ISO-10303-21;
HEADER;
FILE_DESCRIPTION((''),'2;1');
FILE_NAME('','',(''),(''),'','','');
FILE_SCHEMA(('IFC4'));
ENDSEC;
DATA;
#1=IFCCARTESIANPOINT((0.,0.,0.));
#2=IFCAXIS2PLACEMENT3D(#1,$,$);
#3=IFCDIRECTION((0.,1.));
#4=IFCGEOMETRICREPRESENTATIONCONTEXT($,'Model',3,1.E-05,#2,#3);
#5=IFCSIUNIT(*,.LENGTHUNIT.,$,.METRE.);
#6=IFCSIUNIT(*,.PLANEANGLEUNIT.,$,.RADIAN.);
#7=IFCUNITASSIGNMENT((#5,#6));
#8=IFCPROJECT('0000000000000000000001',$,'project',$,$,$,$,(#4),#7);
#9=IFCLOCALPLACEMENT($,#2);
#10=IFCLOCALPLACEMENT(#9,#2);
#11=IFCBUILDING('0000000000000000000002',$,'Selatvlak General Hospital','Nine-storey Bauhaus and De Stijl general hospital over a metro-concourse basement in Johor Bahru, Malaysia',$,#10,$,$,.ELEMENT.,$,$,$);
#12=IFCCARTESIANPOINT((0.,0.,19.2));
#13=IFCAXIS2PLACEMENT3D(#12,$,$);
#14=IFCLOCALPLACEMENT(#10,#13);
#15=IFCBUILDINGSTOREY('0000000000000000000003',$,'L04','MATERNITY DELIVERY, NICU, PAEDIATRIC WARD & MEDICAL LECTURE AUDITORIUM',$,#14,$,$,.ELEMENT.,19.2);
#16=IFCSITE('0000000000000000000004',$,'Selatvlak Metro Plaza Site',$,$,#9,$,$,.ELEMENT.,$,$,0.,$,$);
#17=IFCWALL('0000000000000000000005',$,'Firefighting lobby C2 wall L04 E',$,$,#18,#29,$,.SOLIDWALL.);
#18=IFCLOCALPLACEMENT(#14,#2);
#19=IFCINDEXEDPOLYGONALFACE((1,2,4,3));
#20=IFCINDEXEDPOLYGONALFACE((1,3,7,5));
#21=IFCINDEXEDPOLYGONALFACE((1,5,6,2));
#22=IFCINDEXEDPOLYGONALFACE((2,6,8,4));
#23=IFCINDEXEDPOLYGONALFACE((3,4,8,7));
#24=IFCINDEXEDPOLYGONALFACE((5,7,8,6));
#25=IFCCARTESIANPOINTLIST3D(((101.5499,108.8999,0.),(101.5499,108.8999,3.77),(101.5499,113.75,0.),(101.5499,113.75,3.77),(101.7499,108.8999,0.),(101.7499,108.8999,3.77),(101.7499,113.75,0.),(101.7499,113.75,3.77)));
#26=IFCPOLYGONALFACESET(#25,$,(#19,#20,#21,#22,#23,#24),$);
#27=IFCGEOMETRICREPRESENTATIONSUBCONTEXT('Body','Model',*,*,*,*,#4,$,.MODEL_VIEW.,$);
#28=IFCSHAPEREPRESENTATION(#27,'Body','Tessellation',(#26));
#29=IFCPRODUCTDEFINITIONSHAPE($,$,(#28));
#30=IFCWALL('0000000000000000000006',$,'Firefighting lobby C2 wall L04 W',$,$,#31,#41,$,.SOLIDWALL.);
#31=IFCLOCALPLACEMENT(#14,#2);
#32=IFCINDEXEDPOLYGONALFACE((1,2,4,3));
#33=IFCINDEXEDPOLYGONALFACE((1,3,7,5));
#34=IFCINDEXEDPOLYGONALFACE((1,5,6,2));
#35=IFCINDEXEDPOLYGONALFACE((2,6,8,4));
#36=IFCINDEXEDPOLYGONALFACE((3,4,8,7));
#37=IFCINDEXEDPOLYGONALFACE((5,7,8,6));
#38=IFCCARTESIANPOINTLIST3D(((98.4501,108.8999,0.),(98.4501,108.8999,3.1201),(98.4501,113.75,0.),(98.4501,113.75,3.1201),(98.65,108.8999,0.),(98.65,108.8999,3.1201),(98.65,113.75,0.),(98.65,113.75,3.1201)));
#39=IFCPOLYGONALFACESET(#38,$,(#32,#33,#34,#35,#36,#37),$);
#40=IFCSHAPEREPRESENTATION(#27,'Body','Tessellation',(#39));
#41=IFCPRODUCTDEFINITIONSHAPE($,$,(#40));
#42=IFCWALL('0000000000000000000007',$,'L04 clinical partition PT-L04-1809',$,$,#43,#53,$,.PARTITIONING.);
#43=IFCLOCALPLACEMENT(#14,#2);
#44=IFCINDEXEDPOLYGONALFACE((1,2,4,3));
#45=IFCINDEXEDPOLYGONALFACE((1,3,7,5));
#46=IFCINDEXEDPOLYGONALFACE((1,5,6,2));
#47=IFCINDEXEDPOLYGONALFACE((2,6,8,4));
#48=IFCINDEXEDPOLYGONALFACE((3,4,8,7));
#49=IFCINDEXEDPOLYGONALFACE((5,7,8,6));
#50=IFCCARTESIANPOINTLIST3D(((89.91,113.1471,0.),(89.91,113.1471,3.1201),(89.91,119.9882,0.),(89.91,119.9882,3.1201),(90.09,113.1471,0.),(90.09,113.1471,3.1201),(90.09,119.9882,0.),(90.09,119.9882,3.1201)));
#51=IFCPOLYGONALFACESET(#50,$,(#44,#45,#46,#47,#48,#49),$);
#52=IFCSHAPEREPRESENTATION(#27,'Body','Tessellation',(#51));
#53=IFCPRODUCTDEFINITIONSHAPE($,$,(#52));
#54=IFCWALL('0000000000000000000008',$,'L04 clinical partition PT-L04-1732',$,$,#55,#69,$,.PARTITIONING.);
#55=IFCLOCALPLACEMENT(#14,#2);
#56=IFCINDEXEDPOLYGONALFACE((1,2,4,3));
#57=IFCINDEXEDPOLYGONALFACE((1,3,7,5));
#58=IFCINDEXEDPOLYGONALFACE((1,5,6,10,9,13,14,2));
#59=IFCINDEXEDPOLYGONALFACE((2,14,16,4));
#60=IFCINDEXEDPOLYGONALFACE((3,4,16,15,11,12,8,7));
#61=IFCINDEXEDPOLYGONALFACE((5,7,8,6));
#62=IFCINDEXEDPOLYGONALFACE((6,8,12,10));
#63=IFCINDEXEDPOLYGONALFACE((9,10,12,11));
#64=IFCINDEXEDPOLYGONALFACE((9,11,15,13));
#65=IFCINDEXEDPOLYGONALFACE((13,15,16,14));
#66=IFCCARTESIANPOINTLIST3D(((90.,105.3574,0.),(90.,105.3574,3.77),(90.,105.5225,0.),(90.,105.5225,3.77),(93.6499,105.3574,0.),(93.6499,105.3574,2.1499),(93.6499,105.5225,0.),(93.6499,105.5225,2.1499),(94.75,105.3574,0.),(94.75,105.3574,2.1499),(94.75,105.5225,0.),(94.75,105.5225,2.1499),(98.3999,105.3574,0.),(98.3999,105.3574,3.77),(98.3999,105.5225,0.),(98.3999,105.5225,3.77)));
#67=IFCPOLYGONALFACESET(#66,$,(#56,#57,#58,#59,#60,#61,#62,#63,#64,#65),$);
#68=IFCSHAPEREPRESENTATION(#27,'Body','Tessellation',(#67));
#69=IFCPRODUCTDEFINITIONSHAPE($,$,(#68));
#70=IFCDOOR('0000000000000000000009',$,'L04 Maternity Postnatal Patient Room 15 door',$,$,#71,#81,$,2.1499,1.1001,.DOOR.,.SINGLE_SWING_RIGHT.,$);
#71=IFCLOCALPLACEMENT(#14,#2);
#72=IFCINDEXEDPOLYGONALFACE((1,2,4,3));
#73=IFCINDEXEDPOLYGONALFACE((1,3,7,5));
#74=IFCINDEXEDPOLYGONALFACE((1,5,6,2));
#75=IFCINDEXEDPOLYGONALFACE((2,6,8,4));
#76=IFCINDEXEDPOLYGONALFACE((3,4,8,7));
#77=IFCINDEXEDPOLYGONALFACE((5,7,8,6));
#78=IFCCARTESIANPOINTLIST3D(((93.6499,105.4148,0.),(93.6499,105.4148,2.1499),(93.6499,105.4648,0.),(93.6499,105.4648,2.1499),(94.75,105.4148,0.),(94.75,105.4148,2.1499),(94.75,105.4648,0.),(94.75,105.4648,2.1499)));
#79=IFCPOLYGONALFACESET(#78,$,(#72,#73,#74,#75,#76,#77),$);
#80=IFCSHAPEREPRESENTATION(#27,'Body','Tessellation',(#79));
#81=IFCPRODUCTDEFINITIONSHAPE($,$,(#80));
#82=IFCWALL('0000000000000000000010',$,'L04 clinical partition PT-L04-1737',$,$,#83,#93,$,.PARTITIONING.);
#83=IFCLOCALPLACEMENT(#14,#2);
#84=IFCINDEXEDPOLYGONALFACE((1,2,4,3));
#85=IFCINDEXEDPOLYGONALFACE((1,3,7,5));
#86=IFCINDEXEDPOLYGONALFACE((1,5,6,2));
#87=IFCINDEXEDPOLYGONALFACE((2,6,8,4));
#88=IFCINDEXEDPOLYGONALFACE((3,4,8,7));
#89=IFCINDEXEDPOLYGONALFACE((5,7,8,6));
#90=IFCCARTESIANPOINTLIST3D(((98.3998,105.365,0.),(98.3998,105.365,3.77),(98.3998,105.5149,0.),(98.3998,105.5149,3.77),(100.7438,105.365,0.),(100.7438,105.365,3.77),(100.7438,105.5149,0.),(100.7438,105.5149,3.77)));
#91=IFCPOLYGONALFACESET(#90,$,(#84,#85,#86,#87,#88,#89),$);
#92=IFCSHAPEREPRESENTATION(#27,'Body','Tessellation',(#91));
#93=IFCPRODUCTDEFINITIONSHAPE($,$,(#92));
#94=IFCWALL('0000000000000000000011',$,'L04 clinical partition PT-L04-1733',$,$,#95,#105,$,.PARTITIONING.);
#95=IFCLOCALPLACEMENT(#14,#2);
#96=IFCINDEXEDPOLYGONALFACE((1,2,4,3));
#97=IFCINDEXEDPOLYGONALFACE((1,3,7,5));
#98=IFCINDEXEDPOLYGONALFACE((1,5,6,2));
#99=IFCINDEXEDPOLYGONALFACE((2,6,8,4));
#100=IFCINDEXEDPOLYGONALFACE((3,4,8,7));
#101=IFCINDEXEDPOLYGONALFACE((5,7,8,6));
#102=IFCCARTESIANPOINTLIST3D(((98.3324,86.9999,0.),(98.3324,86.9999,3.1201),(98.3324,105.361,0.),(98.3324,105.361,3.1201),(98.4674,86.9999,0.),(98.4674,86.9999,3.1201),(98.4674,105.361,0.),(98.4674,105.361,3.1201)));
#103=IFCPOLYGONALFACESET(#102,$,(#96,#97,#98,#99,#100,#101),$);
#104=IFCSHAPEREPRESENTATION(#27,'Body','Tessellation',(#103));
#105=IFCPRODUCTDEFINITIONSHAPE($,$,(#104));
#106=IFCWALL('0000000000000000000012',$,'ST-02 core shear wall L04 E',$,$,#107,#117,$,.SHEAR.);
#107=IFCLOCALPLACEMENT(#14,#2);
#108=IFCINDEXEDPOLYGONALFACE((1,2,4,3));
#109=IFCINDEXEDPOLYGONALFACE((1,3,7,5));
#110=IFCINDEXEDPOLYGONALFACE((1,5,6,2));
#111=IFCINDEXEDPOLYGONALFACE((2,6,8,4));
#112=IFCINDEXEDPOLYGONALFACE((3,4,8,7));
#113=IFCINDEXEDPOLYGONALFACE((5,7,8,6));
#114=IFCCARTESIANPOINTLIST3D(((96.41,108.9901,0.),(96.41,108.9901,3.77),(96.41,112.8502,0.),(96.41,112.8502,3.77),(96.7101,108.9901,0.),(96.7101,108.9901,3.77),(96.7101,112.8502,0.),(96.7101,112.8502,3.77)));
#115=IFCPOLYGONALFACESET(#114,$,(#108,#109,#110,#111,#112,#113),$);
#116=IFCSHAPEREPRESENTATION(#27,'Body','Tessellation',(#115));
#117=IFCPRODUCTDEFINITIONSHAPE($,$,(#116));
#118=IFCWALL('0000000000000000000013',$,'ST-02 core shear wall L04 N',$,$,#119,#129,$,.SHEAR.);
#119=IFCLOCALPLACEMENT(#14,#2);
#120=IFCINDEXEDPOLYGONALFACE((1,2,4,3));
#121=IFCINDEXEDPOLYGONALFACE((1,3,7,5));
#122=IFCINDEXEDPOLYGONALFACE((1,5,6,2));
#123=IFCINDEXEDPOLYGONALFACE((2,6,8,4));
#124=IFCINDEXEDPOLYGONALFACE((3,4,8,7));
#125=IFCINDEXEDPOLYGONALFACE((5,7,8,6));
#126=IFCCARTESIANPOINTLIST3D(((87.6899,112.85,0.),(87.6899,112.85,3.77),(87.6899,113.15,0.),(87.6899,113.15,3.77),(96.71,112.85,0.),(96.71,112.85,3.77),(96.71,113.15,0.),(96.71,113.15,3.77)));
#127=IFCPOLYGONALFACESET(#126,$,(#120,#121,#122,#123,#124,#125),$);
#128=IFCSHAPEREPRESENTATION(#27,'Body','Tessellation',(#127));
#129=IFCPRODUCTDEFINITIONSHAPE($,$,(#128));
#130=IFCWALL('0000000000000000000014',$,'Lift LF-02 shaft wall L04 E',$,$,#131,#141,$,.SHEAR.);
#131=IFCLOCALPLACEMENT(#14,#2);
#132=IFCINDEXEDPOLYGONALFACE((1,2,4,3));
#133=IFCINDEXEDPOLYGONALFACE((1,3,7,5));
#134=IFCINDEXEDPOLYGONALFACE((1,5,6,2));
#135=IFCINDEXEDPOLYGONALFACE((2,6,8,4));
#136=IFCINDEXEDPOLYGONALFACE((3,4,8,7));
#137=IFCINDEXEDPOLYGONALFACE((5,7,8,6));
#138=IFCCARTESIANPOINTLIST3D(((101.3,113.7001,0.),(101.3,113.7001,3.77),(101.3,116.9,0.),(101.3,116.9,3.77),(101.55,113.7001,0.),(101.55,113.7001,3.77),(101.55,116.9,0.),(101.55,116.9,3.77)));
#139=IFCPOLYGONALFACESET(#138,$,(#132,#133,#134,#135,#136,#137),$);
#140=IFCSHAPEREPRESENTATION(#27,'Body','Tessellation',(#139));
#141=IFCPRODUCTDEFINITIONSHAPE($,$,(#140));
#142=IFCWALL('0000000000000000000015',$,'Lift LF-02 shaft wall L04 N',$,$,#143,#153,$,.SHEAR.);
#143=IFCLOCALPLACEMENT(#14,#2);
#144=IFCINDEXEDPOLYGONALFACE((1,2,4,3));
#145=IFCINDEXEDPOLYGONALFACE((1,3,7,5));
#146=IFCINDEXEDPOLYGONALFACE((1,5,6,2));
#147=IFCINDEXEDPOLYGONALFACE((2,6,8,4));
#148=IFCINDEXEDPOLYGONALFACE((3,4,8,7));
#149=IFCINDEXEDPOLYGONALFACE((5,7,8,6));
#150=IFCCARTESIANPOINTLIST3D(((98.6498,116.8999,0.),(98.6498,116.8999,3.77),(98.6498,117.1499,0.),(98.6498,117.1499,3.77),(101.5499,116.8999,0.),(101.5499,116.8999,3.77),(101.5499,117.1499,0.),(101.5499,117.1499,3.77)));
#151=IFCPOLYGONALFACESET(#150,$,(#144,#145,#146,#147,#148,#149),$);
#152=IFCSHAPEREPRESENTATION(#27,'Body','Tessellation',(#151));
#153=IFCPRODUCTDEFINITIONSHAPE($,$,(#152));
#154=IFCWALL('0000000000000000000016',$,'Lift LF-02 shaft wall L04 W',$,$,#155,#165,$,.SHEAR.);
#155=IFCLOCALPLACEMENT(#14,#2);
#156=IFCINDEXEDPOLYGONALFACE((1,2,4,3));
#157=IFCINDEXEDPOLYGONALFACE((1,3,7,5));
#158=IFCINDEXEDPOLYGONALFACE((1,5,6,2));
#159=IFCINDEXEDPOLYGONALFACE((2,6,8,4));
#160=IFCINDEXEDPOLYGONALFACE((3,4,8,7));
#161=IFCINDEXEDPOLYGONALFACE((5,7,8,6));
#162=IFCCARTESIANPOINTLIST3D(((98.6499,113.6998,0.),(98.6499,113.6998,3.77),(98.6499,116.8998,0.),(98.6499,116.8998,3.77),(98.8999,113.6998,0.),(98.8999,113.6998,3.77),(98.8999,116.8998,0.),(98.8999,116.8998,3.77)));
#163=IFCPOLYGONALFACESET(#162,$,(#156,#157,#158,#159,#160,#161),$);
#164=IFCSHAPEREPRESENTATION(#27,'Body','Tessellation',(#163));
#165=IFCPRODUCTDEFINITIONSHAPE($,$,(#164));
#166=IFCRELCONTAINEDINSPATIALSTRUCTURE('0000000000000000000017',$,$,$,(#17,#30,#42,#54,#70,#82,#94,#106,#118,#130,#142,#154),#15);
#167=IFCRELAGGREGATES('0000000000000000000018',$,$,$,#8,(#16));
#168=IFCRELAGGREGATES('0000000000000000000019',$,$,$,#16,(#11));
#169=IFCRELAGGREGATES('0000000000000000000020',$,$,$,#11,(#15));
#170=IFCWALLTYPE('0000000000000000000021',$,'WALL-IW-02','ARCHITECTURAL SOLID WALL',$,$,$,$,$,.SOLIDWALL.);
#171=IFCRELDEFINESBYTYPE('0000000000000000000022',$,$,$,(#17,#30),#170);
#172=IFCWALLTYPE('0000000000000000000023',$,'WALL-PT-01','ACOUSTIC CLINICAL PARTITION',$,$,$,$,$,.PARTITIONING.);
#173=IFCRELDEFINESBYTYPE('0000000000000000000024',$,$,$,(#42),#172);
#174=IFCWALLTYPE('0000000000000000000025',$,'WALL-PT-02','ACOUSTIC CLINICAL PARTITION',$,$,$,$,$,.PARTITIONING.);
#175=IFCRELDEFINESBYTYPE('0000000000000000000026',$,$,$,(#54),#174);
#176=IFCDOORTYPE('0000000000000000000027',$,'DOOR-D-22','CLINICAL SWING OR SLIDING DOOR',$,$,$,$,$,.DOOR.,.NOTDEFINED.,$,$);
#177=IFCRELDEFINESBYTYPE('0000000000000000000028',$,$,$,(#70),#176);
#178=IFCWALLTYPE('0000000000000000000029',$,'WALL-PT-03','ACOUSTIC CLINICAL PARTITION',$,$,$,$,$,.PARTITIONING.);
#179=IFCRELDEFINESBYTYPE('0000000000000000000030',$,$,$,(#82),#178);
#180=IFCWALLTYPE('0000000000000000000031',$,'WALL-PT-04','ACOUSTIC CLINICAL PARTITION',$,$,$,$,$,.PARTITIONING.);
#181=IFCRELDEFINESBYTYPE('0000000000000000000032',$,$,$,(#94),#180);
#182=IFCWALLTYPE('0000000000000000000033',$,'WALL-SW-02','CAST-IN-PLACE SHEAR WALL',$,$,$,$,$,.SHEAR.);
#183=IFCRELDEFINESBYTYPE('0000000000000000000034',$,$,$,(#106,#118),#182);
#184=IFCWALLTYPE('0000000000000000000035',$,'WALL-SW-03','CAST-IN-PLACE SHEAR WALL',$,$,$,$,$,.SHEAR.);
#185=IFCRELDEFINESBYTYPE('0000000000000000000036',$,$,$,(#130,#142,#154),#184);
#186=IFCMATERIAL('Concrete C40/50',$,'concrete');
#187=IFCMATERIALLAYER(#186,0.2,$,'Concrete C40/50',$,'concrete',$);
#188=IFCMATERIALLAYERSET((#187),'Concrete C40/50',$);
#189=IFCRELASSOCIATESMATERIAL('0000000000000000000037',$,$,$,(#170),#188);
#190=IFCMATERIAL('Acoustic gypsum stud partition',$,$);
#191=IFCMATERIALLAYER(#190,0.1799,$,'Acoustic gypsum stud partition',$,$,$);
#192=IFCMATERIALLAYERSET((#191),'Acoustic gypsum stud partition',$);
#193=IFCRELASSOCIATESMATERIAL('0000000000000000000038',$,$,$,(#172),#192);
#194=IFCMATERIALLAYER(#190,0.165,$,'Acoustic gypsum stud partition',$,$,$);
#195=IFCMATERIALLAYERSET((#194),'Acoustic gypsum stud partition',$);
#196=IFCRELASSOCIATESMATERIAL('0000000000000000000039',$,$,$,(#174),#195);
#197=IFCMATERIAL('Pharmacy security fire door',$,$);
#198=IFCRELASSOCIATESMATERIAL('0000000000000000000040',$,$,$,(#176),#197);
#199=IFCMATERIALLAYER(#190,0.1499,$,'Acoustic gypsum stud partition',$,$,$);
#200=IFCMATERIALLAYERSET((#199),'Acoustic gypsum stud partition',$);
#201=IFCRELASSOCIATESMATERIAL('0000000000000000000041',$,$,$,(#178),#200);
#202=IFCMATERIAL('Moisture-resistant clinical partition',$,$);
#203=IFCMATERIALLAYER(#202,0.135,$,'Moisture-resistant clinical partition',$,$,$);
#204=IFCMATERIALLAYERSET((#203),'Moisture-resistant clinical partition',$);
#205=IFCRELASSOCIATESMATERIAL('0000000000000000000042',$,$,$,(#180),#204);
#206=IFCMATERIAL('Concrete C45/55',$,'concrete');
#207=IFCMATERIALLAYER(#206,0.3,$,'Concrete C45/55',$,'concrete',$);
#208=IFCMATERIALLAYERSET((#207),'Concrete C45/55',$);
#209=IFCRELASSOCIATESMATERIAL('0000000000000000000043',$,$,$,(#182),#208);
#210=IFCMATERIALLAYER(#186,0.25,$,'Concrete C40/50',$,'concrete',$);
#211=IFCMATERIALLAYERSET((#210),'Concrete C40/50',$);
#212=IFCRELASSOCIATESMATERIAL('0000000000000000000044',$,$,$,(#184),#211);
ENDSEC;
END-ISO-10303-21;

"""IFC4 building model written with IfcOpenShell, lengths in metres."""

from ifc_helpers import new_model, si_unit, direction, frame, frame_2d, origin, place, context, subcontext, project, spatial, rectangle, extrude, material, layer, layer_set, type_object, element, fill, save


model = new_model("IFC4")

# Units and contexts
model_context = context("Model", 3, precision=1e-05, world=origin(), true_north=direction((0.0, 1.0)))
body_context = subcontext(model_context, "Body", "Model", "MODEL_VIEW")
ifc_project = project(units=[si_unit("LENGTHUNIT", "METRE"), si_unit("PLANEANGLEUNIT", "RADIAN")], contexts=[model_context])

# Site, building, storey
site_placement = place(None, origin())
site = spatial("IfcSite", under=ifc_project, at=site_placement, Name="Selatvlak Metro Plaza Site", CompositionType="ELEMENT", RefElevation=0.0)
building_placement = place(site_placement, origin())
building = spatial("IfcBuilding", under=site, at=building_placement, Name="Selatvlak General Hospital", Description="Nine-storey Bauhaus and De Stijl general hospital over a metro-concourse basement in Johor Bahru, Malaysia", CompositionType="ELEMENT")
storey_placement = place(building_placement, frame((0.0, 0.0, 19.2)))
storey = spatial("IfcBuildingStorey", under=building, at=storey_placement, Name="L04", Description="MATERNITY DELIVERY, NICU, PAEDIATRIC WARD & MEDICAL LECTURE AUDITORIUM", CompositionType="ELEMENT", Elevation=19.2)

# Shared definitions
ifc_material_1 = material(Name="Concrete C40/50", Category="concrete")

# Shared definitions
ifc_layer_1 = layer(ifc_material_1, 0.2, Name="Concrete C40/50", Category="concrete")
ifc_layer_set_1 = layer_set([ifc_layer_1], Name="Concrete C40/50")
wall_type_1 = type_object("IfcWallType", Name="WALL-IW-02", Description="ARCHITECTURAL SOLID WALL", PredefinedType="SOLIDWALL", material=ifc_layer_set_1)

# Walls
wall_1_placement = place(storey_placement, frame((101.6499, 108.8999, 0.0), z_axis=(0.0, 0.0, 1.0), x_axis=(0.0, 1.0, 0.0)))
element("IfcWall", 1, at=wall_1_placement, inside=storey, type_object=wall_type_1, Name="Firefighting lobby C2 wall L04 E", PredefinedType="SOLIDWALL", context=body_context, shape_type="SweptSolid", body=[
    extrude(rectangle(XDim=4.8501, YDim=0.2, at=frame_2d((2.425, 0.0))), origin(), (0.0, 0.0, 1.0), 3.77),
])
wall_2_placement = place(storey_placement, frame((98.55, 113.75, 0.0), z_axis=(0.0, 0.0, 1.0), x_axis=(0.0, -1.0, 0.0)))
element("IfcWall", 2, at=wall_2_placement, inside=storey, type_object=wall_type_1, Name="Firefighting lobby C2 wall L04 W", PredefinedType="SOLIDWALL", context=body_context, shape_type="SweptSolid", body=[
    extrude(rectangle(XDim=4.8501, YDim=0.2, at=frame_2d((2.425, 0.0))), origin(), (0.0, 0.0, 1.0), 3.1201),
])
ifc_material_2 = material(Name="Acoustic gypsum stud partition")
ifc_layer_2 = layer(ifc_material_2, 0.1799, Name="Acoustic gypsum stud partition")
ifc_layer_set_2 = layer_set([ifc_layer_2], Name="Acoustic gypsum stud partition")
wall_type_2 = type_object("IfcWallType", Name="WALL-PT-01", Description="ACOUSTIC CLINICAL PARTITION", PredefinedType="PARTITIONING", material=ifc_layer_set_2)
wall_3_placement = place(storey_placement, frame((90.0, 119.988, 0.0), z_axis=(0.0, 0.0, 1.0), x_axis=(0.0, -1.0, 0.0)))
element("IfcWall", 3, at=wall_3_placement, inside=storey, type_object=wall_type_2, Name="L04 clinical partition PT-L04-1809", PredefinedType="PARTITIONING", context=body_context, shape_type="SweptSolid", body=[
    extrude(rectangle(XDim=6.8411, YDim=0.1799, at=frame_2d((3.4204, 0.0))), origin(), (0.0, 0.0, 1.0), 3.1201),
])

# Wall, opening, door
ifc_layer_3 = layer(ifc_material_2, 0.165, Name="Acoustic gypsum stud partition")
ifc_layer_set_3 = layer_set([ifc_layer_3], Name="Acoustic gypsum stud partition")
wall_type_3 = type_object("IfcWallType", Name="WALL-PT-02", Description="ACOUSTIC CLINICAL PARTITION", PredefinedType="PARTITIONING", material=ifc_layer_set_3)
wall_4_placement = place(storey_placement, frame((90.0, 105.4399, 0.0), z_axis=(0.0, 0.0, 1.0), x_axis=(1.0, 0.0, 0.0)))
wall_4 = element("IfcWall", 4, at=wall_4_placement, inside=storey, type_object=wall_type_3, Name="L04 clinical partition PT-L04-1732", PredefinedType="PARTITIONING", context=body_context, shape_type="SweptSolid", body=[
    extrude(rectangle(XDim=8.3999, YDim=0.165, at=frame_2d((4.2, 0.0))), origin(), (0.0, 0.0, 1.0), 3.77),
])
opening_1_placement = place(wall_4_placement, frame((3.6499, 0.0, 0.0)))
opening_1 = element("IfcOpeningElement", 5, at=opening_1_placement, cuts=wall_4, PredefinedType="OPENING", context=body_context, shape_type="SweptSolid", body=[
    extrude(rectangle(XDim=1.1001, YDim=2.1499, at=frame_2d((0.55, 1.075))), frame((0.0, 0.0925, 0.0), z_axis=(0.0, -1.0, 0.0), x_axis=(1.0, 0.0, 0.0)), (0.0, 0.0, 1.0), 0.1851),
])
ifc_material_3 = material(Name="Pharmacy security fire door")
door_type_1 = type_object("IfcDoorType", Name="DOOR-D-22", Description="CLINICAL SWING OR SLIDING DOOR", OperationType="NOTDEFINED", PredefinedType="DOOR", material=ifc_material_3)
door_1_placement = place(opening_1_placement, origin())
door_1 = element("IfcDoor", 6, at=door_1_placement, inside=storey, type_object=door_type_1, Name="L04 Maternity Postnatal Patient Room 15 door", OperationType="SINGLE_SWING_RIGHT", OverallHeight=2.1499, OverallWidth=1.1001, PredefinedType="DOOR", context=body_context, shape_type="SweptSolid", body=[
    extrude(rectangle(XDim=1.1001, YDim=2.1499, at=frame_2d((0.55, 1.075))), frame((0.0, 0.0249, 0.0), z_axis=(0.0, -1.0, 0.0), x_axis=(1.0, 0.0, 0.0)), (0.0, 0.0, 1.0), 0.05),
])
fill(opening_1, door_1)

# Walls
ifc_layer_4 = layer(ifc_material_2, 0.1499, Name="Acoustic gypsum stud partition")
ifc_layer_set_4 = layer_set([ifc_layer_4], Name="Acoustic gypsum stud partition")
wall_type_4 = type_object("IfcWallType", Name="WALL-PT-03", Description="ACOUSTIC CLINICAL PARTITION", PredefinedType="PARTITIONING", material=ifc_layer_set_4)
wall_5_placement = place(storey_placement, frame((98.3999, 105.4399, 0.0), z_axis=(0.0, 0.0, 1.0), x_axis=(1.0, 0.0, 0.0)))
element("IfcWall", 7, at=wall_5_placement, inside=storey, type_object=wall_type_4, Name="L04 clinical partition PT-L04-1737", PredefinedType="PARTITIONING", context=body_context, shape_type="SweptSolid", body=[
    extrude(rectangle(XDim=2.344, YDim=0.1499, at=frame_2d((1.1719, 0.0))), origin(), (0.0, 0.0, 1.0), 3.77),
])
ifc_material_4 = material(Name="Moisture-resistant clinical partition")
ifc_layer_5 = layer(ifc_material_4, 0.135, Name="Moisture-resistant clinical partition")
ifc_layer_set_5 = layer_set([ifc_layer_5], Name="Moisture-resistant clinical partition")
wall_type_5 = type_object("IfcWallType", Name="WALL-PT-04", Description="ACOUSTIC CLINICAL PARTITION", PredefinedType="PARTITIONING", material=ifc_layer_set_5)
wall_6_placement = place(storey_placement, frame((98.3999, 105.3611, 0.0), z_axis=(0.0, 0.0, 1.0), x_axis=(0.0, -1.0, 0.0)))
element("IfcWall", 8, at=wall_6_placement, inside=storey, type_object=wall_type_5, Name="L04 clinical partition PT-L04-1733", PredefinedType="PARTITIONING", context=body_context, shape_type="SweptSolid", body=[
    extrude(rectangle(XDim=18.3611, YDim=0.135, at=frame_2d((9.1807, 0.0))), origin(), (0.0, 0.0, 1.0), 3.1201),
])
ifc_material_5 = material(Name="Concrete C45/55", Category="concrete")
ifc_layer_6 = layer(ifc_material_5, 0.3, Name="Concrete C45/55", Category="concrete")
ifc_layer_set_6 = layer_set([ifc_layer_6], Name="Concrete C45/55")
wall_type_6 = type_object("IfcWallType", Name="WALL-SW-02", Description="CAST-IN-PLACE SHEAR WALL", PredefinedType="SHEAR", material=ifc_layer_set_6)
wall_7_placement = place(storey_placement, frame((96.5601, 108.99, 0.0), z_axis=(0.0, 0.0, 1.0), x_axis=(0.0, 1.0, 0.0)))
element("IfcWall", 9, at=wall_7_placement, inside=storey, type_object=wall_type_6, Name="ST-02 core shear wall L04 E", PredefinedType="SHEAR", context=body_context, shape_type="SweptSolid", body=[
    extrude(rectangle(XDim=3.8601, YDim=0.3, at=frame_2d((1.9302, 0.0))), origin(), (0.0, 0.0, 1.0), 3.77),
])
wall_8_placement = place(storey_placement, frame((96.71, 113.0, 0.0), z_axis=(0.0, 0.0, 1.0), x_axis=(-1.0, 0.0, 0.0)))
element("IfcWall", 10, at=wall_8_placement, inside=storey, type_object=wall_type_6, Name="ST-02 core shear wall L04 N", PredefinedType="SHEAR", context=body_context, shape_type="SweptSolid", body=[
    extrude(rectangle(XDim=9.02, YDim=0.3, at=frame_2d((4.51, 0.0))), origin(), (0.0, 0.0, 1.0), 3.77),
])

# Shared definitions
ifc_layer_7 = layer(ifc_material_1, 0.25, Name="Concrete C40/50", Category="concrete")
ifc_layer_set_7 = layer_set([ifc_layer_7], Name="Concrete C40/50")
wall_type_7 = type_object("IfcWallType", Name="WALL-SW-03", Description="CAST-IN-PLACE SHEAR WALL", PredefinedType="SHEAR", material=ifc_layer_set_7)

# Walls
wall_9_placement = place(storey_placement, frame((101.425, 113.7, 0.0), z_axis=(0.0, 0.0, 1.0), x_axis=(0.0, 1.0, 0.0)))
element("IfcWall", 11, at=wall_9_placement, inside=storey, type_object=wall_type_7, Name="Lift LF-02 shaft wall L04 E", PredefinedType="SHEAR", context=body_context, shape_type="SweptSolid", body=[
    extrude(rectangle(XDim=3.2, YDim=0.25, at=frame_2d((1.6001, 0.0))), origin(), (0.0, 0.0, 1.0), 3.77),
])
wall_10_placement = place(storey_placement, frame((101.55, 117.0249, 0.0), z_axis=(0.0, 0.0, 1.0), x_axis=(-1.0, 0.0, 0.0)))
element("IfcWall", 12, at=wall_10_placement, inside=storey, type_object=wall_type_7, Name="Lift LF-02 shaft wall L04 N", PredefinedType="SHEAR", context=body_context, shape_type="SweptSolid", body=[
    extrude(rectangle(XDim=2.9001, YDim=0.25, at=frame_2d((1.4502, 0.0))), origin(), (0.0, 0.0, 1.0), 3.77),
])
wall_11_placement = place(storey_placement, frame((98.7749, 116.8999, 0.0), z_axis=(0.0, 0.0, 1.0), x_axis=(0.0, -1.0, 0.0)))
element("IfcWall", 13, at=wall_11_placement, inside=storey, type_object=wall_type_7, Name="Lift LF-02 shaft wall L04 W", PredefinedType="SHEAR", context=body_context, shape_type="SweptSolid", body=[
    extrude(rectangle(XDim=3.2, YDim=0.25, at=frame_2d((1.6001, 0.0))), origin(), (0.0, 0.0, 1.0), 3.77),
])

save(model, "model.ifc")
